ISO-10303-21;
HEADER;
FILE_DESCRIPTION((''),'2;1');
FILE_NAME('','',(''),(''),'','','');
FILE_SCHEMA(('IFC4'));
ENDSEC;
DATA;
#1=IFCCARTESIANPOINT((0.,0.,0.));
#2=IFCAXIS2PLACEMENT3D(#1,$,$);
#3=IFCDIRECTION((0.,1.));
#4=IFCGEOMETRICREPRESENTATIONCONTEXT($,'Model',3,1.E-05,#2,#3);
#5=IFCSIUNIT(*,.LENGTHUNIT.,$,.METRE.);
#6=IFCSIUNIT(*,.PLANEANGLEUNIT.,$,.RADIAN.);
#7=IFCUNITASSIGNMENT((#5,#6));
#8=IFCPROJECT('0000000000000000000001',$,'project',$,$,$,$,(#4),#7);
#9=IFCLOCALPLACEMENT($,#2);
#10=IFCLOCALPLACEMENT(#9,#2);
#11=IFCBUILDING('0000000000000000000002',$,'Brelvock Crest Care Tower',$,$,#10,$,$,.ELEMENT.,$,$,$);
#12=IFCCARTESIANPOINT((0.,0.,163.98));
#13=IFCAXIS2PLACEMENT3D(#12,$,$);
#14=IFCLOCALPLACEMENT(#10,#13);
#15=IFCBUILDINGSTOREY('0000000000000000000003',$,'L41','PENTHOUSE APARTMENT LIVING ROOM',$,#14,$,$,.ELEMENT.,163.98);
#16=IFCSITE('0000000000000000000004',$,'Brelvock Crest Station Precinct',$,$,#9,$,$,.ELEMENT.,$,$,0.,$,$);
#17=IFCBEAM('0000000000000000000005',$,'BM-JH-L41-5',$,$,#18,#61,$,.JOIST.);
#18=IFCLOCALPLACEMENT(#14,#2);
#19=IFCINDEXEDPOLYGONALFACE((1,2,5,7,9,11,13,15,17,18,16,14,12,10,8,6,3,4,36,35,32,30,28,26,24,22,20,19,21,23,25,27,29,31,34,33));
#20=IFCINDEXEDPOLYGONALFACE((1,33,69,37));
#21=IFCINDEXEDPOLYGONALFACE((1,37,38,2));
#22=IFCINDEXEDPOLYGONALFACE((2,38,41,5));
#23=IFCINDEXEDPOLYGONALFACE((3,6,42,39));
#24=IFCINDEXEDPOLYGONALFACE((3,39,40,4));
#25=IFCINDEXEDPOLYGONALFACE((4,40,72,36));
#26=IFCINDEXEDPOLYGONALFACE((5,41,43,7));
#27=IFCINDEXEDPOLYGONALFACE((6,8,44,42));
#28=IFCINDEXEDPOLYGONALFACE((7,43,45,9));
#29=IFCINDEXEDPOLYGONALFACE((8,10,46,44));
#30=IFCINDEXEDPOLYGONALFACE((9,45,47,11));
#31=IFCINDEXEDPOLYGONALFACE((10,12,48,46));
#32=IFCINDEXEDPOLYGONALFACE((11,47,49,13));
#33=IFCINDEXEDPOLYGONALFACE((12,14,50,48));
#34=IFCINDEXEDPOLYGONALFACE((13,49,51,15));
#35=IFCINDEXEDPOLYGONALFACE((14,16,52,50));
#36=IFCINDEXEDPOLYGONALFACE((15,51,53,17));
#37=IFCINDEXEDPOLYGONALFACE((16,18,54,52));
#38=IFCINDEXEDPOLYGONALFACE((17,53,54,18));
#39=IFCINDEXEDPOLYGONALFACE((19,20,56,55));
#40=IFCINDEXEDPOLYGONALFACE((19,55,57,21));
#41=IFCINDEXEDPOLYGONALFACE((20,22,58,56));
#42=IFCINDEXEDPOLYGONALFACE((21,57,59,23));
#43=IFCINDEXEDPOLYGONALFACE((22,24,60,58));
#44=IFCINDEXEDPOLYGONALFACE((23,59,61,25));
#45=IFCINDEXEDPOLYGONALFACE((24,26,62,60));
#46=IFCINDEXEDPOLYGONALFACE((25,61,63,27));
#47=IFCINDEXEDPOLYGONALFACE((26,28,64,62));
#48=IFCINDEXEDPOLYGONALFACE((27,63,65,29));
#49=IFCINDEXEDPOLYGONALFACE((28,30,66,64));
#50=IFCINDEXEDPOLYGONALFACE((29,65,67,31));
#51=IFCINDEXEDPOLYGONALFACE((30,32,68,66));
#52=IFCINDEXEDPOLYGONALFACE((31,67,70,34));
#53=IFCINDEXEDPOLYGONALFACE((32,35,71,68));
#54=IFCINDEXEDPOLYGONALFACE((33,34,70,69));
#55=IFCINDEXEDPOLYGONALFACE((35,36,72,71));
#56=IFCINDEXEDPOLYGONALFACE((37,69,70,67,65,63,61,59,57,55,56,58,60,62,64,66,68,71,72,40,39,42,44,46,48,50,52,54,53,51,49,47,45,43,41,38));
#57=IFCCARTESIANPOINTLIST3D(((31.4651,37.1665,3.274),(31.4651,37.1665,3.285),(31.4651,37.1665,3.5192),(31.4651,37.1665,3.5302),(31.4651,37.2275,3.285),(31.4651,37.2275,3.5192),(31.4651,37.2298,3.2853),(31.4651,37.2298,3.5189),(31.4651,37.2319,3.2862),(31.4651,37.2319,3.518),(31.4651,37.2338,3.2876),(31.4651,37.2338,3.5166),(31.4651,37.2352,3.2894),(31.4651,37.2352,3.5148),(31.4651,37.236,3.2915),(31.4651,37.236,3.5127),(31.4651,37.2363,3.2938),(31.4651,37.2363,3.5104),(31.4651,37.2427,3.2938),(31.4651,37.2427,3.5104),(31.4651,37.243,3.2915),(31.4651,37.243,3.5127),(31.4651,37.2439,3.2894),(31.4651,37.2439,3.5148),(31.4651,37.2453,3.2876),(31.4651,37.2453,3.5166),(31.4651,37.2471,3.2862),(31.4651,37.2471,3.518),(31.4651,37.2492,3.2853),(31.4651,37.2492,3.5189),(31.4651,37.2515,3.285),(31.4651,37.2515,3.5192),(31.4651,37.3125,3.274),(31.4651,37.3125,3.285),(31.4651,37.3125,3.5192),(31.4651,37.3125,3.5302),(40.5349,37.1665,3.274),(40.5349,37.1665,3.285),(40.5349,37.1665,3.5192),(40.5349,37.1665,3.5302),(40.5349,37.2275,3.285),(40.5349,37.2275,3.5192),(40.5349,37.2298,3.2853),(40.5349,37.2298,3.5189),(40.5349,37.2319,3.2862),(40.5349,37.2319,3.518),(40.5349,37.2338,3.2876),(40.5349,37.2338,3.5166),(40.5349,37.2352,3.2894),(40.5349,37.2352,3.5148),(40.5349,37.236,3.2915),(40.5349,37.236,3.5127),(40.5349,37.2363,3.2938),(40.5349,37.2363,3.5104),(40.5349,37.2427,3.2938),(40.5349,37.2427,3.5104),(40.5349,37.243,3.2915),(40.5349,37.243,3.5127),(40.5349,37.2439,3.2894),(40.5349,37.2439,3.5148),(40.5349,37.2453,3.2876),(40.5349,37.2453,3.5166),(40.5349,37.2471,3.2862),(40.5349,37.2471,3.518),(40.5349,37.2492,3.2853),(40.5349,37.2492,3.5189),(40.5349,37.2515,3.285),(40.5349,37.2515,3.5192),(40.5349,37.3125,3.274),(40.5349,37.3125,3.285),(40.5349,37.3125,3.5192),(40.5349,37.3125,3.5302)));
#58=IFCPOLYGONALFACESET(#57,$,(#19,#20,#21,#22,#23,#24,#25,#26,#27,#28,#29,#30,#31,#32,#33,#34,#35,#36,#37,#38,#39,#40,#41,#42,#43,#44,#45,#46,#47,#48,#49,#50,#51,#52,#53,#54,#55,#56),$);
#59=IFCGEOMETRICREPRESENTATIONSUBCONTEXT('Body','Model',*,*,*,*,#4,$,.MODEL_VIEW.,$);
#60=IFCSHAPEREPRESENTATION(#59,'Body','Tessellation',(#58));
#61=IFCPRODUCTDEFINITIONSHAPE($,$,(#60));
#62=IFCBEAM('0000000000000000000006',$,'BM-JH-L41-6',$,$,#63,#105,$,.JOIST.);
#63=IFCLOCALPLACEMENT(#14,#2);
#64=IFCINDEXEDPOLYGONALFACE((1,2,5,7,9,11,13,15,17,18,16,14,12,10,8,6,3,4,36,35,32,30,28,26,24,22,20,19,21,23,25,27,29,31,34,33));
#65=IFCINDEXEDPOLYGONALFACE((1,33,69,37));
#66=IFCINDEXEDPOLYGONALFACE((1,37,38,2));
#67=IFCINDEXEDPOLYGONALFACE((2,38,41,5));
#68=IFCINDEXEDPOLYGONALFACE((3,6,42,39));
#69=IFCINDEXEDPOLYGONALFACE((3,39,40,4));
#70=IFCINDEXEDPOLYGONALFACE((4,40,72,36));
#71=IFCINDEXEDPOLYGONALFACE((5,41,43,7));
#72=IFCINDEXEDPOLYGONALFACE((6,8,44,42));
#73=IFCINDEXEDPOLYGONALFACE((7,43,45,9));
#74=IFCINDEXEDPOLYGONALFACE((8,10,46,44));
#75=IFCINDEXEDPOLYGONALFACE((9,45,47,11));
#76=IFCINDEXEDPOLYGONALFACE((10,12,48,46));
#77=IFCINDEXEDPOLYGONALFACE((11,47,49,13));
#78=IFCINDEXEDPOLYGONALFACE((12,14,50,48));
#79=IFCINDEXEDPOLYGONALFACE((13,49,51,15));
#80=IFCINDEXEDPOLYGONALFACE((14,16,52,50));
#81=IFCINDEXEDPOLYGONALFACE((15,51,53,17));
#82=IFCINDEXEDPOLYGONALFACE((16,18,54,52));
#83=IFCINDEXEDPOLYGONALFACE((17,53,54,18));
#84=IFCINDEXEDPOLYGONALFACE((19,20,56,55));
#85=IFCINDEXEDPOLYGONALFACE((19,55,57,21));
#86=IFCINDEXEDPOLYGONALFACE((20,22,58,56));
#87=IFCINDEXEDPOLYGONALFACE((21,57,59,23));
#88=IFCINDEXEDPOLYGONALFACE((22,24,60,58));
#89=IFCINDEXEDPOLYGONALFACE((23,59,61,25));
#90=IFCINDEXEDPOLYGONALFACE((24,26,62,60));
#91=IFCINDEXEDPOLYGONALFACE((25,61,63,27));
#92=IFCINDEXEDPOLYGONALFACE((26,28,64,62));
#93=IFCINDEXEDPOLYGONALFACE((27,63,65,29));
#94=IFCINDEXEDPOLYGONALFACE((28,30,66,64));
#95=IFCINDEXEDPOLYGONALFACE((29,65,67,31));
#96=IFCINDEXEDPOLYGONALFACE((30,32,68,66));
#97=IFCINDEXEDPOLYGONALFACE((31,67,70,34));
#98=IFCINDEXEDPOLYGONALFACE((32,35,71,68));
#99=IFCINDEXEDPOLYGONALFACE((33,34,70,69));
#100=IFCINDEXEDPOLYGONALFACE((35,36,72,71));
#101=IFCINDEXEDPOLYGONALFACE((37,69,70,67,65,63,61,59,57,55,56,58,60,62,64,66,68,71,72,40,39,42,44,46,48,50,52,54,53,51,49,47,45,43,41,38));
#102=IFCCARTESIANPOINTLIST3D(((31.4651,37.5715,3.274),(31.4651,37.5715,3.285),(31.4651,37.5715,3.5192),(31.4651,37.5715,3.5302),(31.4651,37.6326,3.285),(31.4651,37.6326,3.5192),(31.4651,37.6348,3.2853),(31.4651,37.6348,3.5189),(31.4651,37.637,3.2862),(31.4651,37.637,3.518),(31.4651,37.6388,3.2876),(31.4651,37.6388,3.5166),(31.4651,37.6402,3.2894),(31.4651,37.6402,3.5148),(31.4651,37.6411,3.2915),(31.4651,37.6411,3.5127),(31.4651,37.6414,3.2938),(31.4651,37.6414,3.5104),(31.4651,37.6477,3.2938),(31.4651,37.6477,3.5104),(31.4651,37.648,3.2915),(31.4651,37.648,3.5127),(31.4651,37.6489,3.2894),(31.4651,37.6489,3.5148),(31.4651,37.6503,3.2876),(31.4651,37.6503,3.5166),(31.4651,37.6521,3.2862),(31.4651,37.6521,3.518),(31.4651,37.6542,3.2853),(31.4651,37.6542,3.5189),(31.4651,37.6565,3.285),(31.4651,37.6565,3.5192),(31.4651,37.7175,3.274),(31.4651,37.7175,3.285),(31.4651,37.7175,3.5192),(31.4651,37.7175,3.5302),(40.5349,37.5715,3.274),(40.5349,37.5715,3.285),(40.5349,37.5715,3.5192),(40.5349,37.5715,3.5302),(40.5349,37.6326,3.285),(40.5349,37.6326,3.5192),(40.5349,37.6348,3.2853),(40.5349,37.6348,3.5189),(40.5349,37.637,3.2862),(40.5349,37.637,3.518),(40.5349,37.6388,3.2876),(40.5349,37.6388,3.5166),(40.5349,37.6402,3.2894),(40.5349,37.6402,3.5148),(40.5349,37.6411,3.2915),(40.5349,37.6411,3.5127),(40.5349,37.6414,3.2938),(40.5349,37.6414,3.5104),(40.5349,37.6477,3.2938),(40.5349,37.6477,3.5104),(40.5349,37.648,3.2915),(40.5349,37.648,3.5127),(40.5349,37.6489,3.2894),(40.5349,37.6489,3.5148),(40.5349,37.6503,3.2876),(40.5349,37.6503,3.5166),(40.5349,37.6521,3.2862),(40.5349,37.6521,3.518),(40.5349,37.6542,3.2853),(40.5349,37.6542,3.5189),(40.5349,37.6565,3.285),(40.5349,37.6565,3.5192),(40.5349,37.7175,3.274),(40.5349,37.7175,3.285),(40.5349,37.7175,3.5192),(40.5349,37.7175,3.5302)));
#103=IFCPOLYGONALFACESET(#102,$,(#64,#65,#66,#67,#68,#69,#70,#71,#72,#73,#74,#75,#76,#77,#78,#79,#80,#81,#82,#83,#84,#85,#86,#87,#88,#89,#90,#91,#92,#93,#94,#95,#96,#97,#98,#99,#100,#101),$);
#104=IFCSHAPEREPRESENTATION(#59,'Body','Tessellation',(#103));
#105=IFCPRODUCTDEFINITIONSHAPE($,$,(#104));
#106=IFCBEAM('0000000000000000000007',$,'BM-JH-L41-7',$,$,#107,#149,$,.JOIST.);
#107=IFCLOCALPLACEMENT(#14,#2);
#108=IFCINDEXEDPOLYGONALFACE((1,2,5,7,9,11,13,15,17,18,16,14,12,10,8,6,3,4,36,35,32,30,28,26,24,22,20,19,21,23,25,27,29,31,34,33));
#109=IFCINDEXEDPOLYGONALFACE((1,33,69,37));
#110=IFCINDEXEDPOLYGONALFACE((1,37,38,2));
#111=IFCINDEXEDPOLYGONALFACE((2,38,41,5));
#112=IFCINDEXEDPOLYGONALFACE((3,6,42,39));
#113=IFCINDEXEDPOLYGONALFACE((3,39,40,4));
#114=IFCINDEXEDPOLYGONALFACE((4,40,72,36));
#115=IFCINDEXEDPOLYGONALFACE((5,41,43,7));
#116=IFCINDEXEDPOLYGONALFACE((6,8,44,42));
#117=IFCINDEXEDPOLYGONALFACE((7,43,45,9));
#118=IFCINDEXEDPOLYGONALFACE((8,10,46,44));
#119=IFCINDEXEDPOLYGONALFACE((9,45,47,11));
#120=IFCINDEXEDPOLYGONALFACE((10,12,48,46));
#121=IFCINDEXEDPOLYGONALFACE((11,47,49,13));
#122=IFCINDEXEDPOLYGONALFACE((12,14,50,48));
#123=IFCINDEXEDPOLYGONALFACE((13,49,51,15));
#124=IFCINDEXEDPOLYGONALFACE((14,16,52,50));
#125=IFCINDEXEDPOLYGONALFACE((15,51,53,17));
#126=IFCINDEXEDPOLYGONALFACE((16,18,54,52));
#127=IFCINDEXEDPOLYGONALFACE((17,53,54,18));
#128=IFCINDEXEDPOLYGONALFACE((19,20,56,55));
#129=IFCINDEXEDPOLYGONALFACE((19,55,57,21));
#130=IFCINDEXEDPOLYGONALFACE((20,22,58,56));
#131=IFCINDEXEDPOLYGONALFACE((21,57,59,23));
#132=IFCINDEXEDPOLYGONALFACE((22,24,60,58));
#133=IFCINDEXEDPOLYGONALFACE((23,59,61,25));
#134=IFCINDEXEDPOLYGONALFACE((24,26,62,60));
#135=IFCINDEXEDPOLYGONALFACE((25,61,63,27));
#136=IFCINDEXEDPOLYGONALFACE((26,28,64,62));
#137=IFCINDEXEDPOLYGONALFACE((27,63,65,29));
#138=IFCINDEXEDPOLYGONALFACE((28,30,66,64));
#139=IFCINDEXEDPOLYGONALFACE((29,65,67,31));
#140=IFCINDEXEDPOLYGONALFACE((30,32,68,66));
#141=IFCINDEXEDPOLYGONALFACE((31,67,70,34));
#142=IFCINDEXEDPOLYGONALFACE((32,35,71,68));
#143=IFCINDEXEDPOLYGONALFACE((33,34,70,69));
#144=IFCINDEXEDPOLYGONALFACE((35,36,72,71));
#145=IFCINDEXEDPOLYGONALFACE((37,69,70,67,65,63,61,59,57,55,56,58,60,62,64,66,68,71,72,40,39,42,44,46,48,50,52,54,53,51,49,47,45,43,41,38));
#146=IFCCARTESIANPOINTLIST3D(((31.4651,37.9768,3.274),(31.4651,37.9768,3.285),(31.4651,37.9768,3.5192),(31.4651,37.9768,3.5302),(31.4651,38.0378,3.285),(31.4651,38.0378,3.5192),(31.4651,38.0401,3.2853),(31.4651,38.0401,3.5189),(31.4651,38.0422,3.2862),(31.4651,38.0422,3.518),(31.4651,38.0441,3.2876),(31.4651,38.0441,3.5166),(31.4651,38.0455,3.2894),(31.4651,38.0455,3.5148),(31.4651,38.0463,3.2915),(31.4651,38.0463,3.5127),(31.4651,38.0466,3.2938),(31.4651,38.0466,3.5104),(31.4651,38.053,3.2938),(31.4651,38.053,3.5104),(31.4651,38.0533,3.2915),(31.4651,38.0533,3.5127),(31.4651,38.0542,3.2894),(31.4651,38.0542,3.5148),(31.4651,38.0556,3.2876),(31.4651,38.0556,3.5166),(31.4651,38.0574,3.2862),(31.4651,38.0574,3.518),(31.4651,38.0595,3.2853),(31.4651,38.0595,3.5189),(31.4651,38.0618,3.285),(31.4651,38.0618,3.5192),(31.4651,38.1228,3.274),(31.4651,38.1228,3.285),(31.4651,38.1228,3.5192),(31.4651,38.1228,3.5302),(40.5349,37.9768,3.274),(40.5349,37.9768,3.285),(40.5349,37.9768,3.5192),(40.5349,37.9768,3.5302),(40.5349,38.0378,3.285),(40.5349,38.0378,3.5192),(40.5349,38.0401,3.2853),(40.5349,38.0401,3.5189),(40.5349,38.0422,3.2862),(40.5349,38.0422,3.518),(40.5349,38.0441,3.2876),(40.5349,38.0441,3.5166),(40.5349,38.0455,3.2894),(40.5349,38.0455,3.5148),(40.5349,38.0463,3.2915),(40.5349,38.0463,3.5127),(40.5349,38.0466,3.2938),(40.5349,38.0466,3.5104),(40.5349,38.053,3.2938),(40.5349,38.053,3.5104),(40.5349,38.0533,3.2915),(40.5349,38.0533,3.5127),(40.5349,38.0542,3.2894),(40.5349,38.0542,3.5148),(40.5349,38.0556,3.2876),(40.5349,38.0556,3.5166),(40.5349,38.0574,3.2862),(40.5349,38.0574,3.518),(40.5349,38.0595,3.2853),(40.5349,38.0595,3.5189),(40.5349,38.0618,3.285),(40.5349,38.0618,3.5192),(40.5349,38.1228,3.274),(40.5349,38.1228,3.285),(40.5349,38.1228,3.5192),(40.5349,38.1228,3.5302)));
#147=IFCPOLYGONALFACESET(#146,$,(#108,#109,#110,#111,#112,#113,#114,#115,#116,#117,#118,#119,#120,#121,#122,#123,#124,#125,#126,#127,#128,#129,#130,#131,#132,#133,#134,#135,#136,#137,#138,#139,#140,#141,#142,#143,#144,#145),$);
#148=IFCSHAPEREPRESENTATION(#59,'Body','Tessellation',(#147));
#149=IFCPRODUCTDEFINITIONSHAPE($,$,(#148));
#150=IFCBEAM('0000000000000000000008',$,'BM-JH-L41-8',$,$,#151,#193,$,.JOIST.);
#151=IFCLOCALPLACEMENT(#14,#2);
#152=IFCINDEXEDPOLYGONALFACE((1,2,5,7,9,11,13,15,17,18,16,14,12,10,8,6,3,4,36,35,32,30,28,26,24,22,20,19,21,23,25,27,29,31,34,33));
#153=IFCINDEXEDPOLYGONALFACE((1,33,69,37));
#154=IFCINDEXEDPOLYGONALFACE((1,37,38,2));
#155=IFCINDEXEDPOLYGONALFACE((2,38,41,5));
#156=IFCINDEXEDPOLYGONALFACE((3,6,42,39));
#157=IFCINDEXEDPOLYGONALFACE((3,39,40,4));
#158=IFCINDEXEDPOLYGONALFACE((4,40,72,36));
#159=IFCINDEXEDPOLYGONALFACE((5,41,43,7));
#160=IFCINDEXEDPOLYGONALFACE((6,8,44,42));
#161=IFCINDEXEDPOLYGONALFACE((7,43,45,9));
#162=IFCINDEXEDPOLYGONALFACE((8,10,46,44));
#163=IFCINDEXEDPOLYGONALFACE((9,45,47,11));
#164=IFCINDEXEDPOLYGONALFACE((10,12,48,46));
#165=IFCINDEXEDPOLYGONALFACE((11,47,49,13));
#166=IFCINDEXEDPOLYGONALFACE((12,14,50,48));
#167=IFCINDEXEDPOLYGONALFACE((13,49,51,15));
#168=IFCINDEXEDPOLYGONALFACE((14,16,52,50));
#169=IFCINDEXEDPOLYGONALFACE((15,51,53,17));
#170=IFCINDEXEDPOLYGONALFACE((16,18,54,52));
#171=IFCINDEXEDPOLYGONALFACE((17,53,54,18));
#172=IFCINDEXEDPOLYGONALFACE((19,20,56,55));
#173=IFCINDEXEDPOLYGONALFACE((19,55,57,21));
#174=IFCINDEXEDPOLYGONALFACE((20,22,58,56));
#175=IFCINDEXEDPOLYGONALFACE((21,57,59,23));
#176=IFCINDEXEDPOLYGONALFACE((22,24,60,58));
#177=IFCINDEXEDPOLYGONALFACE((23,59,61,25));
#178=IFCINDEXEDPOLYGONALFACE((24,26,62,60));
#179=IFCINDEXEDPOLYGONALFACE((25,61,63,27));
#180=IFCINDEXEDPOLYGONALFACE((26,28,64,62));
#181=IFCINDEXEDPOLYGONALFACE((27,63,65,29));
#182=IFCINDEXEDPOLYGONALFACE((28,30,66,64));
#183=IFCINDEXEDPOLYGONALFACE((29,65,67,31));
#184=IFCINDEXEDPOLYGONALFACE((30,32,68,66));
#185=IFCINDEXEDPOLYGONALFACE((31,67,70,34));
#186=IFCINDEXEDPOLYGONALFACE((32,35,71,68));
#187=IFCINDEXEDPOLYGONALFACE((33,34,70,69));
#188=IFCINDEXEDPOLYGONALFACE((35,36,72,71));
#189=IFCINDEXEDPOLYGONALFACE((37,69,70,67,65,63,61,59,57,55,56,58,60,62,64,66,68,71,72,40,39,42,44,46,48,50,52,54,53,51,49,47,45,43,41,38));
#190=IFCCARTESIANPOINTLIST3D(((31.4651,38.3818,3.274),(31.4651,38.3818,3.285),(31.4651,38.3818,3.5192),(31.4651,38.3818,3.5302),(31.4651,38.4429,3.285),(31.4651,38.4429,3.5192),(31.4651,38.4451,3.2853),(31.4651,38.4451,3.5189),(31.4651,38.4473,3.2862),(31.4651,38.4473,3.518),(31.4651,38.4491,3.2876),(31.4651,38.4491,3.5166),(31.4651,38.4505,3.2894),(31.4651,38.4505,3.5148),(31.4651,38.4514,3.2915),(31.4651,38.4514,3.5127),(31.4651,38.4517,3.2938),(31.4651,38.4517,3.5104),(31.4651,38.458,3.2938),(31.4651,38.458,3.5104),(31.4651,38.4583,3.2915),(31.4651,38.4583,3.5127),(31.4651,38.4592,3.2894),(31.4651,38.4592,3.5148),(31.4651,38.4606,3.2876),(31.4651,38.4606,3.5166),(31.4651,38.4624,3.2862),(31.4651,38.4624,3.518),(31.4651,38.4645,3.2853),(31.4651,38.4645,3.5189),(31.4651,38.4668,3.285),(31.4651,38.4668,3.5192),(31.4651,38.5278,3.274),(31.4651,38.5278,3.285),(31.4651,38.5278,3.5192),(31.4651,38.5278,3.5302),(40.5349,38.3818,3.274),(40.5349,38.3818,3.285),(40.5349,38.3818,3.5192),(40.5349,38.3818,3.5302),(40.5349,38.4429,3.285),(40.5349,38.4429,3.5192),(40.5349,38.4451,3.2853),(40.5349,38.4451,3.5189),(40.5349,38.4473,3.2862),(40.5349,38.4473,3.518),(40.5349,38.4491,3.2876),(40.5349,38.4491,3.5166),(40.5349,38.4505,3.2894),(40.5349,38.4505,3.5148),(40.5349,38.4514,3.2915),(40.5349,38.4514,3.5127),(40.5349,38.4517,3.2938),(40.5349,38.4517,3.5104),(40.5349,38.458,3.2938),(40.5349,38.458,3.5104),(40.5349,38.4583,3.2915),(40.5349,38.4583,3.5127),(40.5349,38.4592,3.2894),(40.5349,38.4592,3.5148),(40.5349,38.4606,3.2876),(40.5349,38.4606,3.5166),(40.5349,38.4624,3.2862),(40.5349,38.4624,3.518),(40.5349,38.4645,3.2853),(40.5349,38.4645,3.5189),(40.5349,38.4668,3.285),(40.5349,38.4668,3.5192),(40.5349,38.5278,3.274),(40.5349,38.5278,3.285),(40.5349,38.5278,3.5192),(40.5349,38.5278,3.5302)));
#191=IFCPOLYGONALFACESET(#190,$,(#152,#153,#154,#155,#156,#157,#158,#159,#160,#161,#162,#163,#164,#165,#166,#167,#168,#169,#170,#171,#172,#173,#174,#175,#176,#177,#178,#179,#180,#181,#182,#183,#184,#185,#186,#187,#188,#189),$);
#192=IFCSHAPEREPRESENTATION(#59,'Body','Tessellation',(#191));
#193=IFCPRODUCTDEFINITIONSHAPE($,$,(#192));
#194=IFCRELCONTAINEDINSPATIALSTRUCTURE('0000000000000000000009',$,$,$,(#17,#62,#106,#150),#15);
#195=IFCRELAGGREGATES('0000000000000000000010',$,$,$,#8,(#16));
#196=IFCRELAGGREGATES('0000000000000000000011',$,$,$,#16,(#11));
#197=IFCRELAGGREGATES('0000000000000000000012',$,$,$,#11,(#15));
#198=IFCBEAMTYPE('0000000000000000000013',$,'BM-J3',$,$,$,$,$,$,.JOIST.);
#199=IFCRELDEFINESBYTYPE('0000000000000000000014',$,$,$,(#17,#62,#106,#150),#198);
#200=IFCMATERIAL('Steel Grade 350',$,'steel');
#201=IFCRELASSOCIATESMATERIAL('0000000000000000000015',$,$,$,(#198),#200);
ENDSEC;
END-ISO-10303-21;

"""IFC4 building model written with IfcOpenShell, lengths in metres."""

from ifc_helpers import new_model, si_unit, direction, frame, origin, origin_2d, place, context, subcontext, project, spatial, i_section, extrude, source, transform, mapped, material, material_profile, profile_set, type_object, element, save


model = new_model("IFC4")

# Units and contexts
model_context = context("Model", 3, precision=1e-05, world=origin(), true_north=direction((0.0, 1.0)))
body_context = subcontext(model_context, "Body", "Model", "MODEL_VIEW")
ifc_project = project(units=[si_unit("LENGTHUNIT", "METRE"), si_unit("PLANEANGLEUNIT", "RADIAN")], contexts=[model_context])

# Site, building, storey
site_placement = place(None, origin())
site = spatial("IfcSite", under=ifc_project, at=site_placement, Name="Brelvock Crest Station Precinct", CompositionType="ELEMENT", RefElevation=0.0)
building_placement = place(site_placement, origin())
building = spatial("IfcBuilding", under=site, at=building_placement, Name="Brelvock Crest Care Tower", CompositionType="ELEMENT")
storey_placement = place(building_placement, frame((0.0, 0.0, 163.98)))
storey = spatial("IfcBuildingStorey", under=building, at=storey_placement, Name="L41", Description="PENTHOUSE APARTMENT LIVING ROOM", CompositionType="ELEMENT", Elevation=163.98)

# Beams
ifc_material_1 = material(Name="Steel Grade 350", Category="steel")
ifc_material_profile_1 = material_profile(ifc_material_1, i_section(OverallWidth=0.146, OverallDepth=0.2561, WebThickness=0.0063, FlangeThickness=0.011, FilletRadius=0.0088, at=origin_2d()), Name="250UB37.3")
ifc_profile_set_1 = profile_set([ifc_material_profile_1], Name="Steel Grade 350")
beam_type_1 = type_object("IfcBeamType", Name="BM-J3", PredefinedType="JOIST", material=ifc_profile_set_1)
shared_shape_1 = source(origin(), body_context, "Body", "SweptSolid", [
    extrude(i_section(OverallWidth=0.146, OverallDepth=0.2561, WebThickness=0.0063, FlangeThickness=0.011, FilletRadius=0.0088, at=origin_2d()), origin(), (0.0, 0.0, 1.0), 9.0698),
])
for number, where, z_axis, x_axis, name in (
    (1, (31.4651, 37.2395, 3.4021), (1.0, 0.0, 0.0), (0.0, 1.0, 0.0), "BM-JH-L41-5"),
    (2, (31.4651, 37.6445, 3.4021), (1.0, 0.0, 0.0), (0.0, 1.0, 0.0), "BM-JH-L41-6"),
    (3, (31.4651, 38.0498, 3.4021), (1.0, 0.0, 0.0), (0.0, 1.0, 0.0), "BM-JH-L41-7"),
    (4, (31.4651, 38.4548, 3.4021), (1.0, 0.0, 0.0), (0.0, 1.0, 0.0), "BM-JH-L41-8"),
):
    element("IfcBeam", number, at=place(storey_placement, frame(where, z_axis=z_axis, x_axis=x_axis)), inside=storey, type_object=beam_type_1, Name=name, PredefinedType="JOIST", context=body_context, shape_type="MappedRepresentation", body=[
        mapped(shared_shape_1, transform((0.0, 0.0, 0.0), x_axis=(1.0, 0.0, 0.0), y_axis=(0.0, 1.0, 0.0), z_axis=(0.0, 0.0, 1.0), scale=1.0)),
    ])

save(model, "model.ifc")
